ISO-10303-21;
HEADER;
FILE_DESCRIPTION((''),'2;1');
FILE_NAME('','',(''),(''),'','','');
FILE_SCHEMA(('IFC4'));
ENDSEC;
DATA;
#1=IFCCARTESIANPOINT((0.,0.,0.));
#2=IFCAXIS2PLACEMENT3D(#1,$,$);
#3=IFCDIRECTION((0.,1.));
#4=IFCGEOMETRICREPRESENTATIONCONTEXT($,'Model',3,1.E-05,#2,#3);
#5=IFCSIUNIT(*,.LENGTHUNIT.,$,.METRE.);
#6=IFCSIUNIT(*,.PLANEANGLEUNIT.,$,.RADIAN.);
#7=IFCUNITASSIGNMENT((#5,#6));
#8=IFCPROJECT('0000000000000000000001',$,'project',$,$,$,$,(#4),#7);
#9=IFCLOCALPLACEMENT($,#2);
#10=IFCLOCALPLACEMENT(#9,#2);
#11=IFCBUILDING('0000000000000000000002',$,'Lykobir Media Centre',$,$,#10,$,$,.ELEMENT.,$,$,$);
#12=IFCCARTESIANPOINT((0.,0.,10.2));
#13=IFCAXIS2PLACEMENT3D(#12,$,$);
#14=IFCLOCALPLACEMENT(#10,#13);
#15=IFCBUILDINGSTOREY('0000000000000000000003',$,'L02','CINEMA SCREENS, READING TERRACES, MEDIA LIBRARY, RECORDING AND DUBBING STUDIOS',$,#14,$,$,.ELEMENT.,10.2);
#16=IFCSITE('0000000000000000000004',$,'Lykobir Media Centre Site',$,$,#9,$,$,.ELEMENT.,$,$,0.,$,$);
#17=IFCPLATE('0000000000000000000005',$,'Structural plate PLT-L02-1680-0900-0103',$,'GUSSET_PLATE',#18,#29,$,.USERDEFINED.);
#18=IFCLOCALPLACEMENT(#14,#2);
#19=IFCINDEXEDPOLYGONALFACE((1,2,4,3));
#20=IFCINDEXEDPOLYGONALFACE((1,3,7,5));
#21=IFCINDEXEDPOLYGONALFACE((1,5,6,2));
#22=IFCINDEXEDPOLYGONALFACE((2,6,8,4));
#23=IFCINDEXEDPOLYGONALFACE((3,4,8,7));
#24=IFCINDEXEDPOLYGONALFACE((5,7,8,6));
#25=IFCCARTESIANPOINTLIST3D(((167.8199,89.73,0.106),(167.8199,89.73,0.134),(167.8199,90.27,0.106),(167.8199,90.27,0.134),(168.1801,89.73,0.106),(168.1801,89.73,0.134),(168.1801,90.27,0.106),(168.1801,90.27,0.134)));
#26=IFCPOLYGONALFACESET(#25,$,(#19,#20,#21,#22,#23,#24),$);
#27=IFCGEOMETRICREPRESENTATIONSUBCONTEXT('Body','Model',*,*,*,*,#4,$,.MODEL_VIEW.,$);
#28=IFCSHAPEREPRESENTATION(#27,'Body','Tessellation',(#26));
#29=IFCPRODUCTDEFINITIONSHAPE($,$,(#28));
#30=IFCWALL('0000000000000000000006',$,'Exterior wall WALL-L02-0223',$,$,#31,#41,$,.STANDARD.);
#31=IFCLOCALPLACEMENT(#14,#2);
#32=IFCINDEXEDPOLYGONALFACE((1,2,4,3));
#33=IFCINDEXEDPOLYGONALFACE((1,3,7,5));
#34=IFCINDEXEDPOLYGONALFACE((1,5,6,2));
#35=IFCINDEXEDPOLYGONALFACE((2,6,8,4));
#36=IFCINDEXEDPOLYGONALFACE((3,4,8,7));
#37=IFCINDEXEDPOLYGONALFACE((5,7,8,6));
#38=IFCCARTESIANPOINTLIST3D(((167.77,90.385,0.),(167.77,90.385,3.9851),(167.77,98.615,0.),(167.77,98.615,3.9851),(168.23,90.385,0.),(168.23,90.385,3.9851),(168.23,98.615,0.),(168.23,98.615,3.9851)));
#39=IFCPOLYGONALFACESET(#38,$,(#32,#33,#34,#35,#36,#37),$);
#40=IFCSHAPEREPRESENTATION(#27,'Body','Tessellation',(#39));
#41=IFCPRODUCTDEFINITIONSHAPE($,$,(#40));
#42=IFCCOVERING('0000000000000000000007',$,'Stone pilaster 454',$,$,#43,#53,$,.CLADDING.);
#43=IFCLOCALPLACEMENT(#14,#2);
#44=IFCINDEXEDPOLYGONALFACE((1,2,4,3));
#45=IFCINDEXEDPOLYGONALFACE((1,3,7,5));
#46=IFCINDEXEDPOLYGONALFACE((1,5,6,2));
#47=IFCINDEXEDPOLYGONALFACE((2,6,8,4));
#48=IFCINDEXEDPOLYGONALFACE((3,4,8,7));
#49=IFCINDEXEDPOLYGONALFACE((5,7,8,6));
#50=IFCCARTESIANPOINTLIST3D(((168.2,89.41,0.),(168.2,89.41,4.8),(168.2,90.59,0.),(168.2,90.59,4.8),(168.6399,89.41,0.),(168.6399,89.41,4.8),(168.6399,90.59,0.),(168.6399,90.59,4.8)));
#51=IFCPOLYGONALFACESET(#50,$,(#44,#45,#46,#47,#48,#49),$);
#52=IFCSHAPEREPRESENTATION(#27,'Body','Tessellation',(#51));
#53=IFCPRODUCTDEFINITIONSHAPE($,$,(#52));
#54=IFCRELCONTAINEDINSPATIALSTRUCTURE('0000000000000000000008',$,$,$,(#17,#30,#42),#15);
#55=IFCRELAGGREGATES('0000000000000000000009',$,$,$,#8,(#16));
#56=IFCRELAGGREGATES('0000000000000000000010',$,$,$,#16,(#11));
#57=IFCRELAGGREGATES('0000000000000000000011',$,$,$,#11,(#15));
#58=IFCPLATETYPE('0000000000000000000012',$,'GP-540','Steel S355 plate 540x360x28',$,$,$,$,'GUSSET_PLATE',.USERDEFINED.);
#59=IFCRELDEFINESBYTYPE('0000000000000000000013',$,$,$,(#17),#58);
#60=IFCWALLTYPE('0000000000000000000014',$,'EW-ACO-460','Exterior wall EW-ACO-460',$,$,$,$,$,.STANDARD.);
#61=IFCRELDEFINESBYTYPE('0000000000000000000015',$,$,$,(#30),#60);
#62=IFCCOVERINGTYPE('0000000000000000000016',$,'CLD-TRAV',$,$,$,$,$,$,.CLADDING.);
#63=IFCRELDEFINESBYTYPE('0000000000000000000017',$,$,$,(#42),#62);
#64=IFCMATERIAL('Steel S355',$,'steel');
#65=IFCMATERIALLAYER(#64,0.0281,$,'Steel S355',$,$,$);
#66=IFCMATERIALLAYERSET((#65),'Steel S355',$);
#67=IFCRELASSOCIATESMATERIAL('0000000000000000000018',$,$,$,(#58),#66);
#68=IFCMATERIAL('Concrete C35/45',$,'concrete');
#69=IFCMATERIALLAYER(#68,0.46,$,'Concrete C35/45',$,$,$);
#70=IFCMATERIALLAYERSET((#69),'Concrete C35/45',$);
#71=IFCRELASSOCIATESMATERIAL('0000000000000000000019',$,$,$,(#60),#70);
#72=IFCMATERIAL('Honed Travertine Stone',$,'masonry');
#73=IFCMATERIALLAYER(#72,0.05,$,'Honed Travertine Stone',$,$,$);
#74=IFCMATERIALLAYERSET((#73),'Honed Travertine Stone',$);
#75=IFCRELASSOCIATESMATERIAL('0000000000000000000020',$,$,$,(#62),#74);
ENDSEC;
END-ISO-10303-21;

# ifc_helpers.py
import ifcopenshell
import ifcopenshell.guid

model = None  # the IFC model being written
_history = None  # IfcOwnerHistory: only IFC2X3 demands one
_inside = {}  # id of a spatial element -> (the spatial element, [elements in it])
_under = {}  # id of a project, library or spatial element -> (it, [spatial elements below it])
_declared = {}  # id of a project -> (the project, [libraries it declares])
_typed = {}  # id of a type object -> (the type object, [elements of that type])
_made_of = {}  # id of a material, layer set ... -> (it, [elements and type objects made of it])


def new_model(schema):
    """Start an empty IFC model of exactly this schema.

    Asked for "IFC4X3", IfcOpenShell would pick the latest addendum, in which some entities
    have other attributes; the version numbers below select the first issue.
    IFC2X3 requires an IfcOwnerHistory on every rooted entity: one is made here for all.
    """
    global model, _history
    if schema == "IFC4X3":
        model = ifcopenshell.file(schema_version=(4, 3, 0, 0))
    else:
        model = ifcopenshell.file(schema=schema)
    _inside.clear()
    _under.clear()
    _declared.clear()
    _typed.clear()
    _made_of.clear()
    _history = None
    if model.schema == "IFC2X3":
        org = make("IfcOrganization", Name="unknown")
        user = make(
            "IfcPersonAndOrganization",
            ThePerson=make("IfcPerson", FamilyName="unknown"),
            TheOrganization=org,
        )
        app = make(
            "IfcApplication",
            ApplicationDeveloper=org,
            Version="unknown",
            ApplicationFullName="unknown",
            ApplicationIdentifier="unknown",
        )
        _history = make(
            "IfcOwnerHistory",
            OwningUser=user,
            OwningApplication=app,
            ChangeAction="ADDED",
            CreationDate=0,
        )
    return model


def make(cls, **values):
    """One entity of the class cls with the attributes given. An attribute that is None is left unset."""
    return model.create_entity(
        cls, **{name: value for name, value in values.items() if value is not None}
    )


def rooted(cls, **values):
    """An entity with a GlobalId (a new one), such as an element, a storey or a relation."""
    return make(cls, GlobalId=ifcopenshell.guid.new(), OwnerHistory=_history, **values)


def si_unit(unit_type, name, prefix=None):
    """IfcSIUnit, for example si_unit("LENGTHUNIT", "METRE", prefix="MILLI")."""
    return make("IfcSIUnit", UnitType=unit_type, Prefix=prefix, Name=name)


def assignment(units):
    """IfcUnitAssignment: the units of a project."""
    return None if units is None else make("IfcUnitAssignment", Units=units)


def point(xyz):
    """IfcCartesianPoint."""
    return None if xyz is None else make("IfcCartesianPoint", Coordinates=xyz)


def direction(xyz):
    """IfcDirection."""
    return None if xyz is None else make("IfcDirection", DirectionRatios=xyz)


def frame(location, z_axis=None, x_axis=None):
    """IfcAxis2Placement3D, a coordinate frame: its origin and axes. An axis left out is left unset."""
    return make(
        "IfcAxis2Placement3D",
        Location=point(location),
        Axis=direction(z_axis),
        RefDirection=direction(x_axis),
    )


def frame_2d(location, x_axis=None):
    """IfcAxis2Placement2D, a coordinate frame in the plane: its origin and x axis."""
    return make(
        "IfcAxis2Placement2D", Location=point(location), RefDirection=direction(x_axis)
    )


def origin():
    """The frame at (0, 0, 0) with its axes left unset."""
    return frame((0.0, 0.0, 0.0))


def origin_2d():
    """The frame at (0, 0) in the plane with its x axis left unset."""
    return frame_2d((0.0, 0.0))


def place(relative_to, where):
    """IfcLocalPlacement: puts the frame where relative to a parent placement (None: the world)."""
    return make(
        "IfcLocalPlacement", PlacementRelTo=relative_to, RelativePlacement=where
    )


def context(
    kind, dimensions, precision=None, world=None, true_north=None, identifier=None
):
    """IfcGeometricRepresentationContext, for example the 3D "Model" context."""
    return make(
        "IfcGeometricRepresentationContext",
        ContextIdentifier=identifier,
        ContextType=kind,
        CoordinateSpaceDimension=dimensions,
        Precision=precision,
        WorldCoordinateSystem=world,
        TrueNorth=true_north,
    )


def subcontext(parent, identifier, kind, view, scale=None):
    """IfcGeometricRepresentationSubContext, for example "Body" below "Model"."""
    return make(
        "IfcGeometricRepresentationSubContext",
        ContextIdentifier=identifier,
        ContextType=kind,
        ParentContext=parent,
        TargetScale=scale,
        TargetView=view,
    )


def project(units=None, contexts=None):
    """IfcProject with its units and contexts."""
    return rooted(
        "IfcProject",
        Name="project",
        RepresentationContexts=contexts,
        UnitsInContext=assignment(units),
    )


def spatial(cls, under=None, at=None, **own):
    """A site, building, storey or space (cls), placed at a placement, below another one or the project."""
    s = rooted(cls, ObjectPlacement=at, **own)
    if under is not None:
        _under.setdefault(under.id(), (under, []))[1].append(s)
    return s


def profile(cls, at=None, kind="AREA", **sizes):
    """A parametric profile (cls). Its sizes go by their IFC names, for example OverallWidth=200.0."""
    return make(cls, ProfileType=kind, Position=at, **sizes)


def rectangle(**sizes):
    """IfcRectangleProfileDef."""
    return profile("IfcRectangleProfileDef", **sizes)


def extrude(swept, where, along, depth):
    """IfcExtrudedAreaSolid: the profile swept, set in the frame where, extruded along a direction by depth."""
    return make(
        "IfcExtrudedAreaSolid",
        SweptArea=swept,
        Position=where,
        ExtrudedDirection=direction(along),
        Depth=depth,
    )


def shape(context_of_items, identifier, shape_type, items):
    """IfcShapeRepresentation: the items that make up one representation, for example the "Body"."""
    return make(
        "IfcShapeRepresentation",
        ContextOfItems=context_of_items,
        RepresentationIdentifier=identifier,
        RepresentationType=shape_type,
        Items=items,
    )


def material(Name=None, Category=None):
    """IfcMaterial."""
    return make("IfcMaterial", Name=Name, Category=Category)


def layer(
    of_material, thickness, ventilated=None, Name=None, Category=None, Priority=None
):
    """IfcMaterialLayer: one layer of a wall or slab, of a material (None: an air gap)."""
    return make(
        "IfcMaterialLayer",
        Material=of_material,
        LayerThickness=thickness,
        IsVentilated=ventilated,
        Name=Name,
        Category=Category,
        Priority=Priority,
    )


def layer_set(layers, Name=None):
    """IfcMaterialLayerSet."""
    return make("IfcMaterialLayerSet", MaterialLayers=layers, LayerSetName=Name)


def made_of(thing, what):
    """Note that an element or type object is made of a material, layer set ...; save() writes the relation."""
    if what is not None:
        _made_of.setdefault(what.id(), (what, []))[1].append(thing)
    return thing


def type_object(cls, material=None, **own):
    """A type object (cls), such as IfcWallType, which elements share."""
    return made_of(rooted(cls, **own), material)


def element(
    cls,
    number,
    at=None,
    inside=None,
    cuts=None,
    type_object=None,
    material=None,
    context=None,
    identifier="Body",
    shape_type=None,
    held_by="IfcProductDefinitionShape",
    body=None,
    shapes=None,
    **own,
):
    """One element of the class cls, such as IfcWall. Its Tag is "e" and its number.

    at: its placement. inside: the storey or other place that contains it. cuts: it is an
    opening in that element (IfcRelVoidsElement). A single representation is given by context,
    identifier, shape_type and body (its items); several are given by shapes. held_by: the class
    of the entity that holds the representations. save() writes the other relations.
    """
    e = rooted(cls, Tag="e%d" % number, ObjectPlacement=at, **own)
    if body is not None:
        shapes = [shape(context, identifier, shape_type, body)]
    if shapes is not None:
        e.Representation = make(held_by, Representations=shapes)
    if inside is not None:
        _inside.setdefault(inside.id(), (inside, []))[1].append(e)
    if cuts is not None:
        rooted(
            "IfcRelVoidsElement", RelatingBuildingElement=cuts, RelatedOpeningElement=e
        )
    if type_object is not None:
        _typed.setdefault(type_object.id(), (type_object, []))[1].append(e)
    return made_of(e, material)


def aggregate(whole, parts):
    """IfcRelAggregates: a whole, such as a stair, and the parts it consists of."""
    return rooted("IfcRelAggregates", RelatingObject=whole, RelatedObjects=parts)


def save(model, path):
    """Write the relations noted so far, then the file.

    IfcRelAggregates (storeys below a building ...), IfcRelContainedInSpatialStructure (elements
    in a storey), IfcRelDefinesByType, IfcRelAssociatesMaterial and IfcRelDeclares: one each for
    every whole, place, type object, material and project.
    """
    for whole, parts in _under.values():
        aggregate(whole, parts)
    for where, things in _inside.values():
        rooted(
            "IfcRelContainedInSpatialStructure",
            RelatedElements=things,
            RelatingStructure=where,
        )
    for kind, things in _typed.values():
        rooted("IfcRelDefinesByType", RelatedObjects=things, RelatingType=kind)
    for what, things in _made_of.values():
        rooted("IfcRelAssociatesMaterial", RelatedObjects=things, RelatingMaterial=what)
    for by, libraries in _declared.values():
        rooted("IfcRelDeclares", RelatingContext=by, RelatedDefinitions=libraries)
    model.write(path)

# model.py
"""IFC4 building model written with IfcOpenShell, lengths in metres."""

from ifc_helpers import new_model, si_unit, direction, frame, frame_2d, origin, origin_2d, place, context, subcontext, project, spatial, rectangle, extrude, material, layer, layer_set, type_object, element, save


model = new_model("IFC4")

# Units and contexts
model_context = context("Model", 3, precision=1e-05, world=origin(), true_north=direction((0.0, 1.0)))
body_context = subcontext(model_context, "Body", "Model", "MODEL_VIEW")
ifc_project = project(units=[si_unit("LENGTHUNIT", "METRE"), si_unit("PLANEANGLEUNIT", "RADIAN")], contexts=[model_context])

# Site, building, storey
site_placement = place(None, origin())
site = spatial("IfcSite", under=ifc_project, at=site_placement, Name="Lykobir Media Centre Site", CompositionType="ELEMENT", RefElevation=0.0)
building_placement = place(site_placement, origin())
building = spatial("IfcBuilding", under=site, at=building_placement, Name="Lykobir Media Centre", CompositionType="ELEMENT")
storey_placement = place(building_placement, frame((0.0, 0.0, 10.2)))
storey = spatial("IfcBuildingStorey", under=building, at=storey_placement, Name="L02", Description="CINEMA SCREENS, READING TERRACES, MEDIA LIBRARY, RECORDING AND DUBBING STUDIOS", CompositionType="ELEMENT", Elevation=10.2)

# Shared definitions
ifc_material_1 = material(Name="Steel S355", Category="steel")

# Plate
ifc_layer_1 = layer(ifc_material_1, 0.0281, Name="Steel S355")
ifc_layer_set_1 = layer_set([ifc_layer_1], Name="Steel S355")
plate_type_1 = type_object("IfcPlateType", Name="GP-540", Description="Steel S355 plate 540x360x28", ElementType="GUSSET_PLATE", PredefinedType="USERDEFINED", material=ifc_layer_set_1)
plate_1_placement = place(storey_placement, frame((168.0, 90.0, 0.106), z_axis=(0.0, 0.0, 1.0), x_axis=(0.0, 1.0, 0.0)))
element("IfcPlate", 1, at=plate_1_placement, inside=storey, type_object=plate_type_1, Name="Structural plate PLT-L02-1680-0900-0103", ObjectType="GUSSET_PLATE", PredefinedType="USERDEFINED", context=body_context, shape_type="SweptSolid", body=[
    extrude(rectangle(XDim=0.54, YDim=0.3601, at=origin_2d()), origin(), (0.0, 0.0, 1.0), 0.0281),
])

# Wall
ifc_material_2 = material(Name="Concrete C35/45", Category="concrete")
ifc_layer_2 = layer(ifc_material_2, 0.46, Name="Concrete C35/45")
ifc_layer_set_2 = layer_set([ifc_layer_2], Name="Concrete C35/45")
wall_type = type_object("IfcWallType", Name="EW-ACO-460", Description="Exterior wall EW-ACO-460", PredefinedType="STANDARD", material=ifc_layer_set_2)
wall_placement = place(storey_placement, frame((168.0, 90.385, 0.0), z_axis=(0.0, 0.0, 1.0), x_axis=(0.0, 1.0, 0.0)))
element("IfcWall", 2, at=wall_placement, inside=storey, type_object=wall_type, Name="Exterior wall WALL-L02-0223", PredefinedType="STANDARD", context=body_context, shape_type="SweptSolid", body=[
    extrude(rectangle(XDim=8.23, YDim=0.46, at=frame_2d((4.115, 0.0))), origin(), (0.0, 0.0, 1.0), 3.9851),
])

# Covering
ifc_material_3 = material(Name="Honed Travertine Stone", Category="masonry")
ifc_layer_3 = layer(ifc_material_3, 0.05, Name="Honed Travertine Stone")
ifc_layer_set_3 = layer_set([ifc_layer_3], Name="Honed Travertine Stone")
covering_type = type_object("IfcCoveringType", Name="CLD-TRAV", PredefinedType="CLADDING", material=ifc_layer_set_3)
covering_placement = place(storey_placement, frame((168.4199, 90.0, 0.0), z_axis=(0.0, 0.0, 1.0), x_axis=(0.0, 1.0, 0.0)))
element("IfcCovering", 3, at=covering_placement, inside=storey, type_object=covering_type, Name="Stone pilaster 454", PredefinedType="CLADDING", context=body_context, shape_type="SweptSolid", body=[
    extrude(rectangle(XDim=1.1799, YDim=0.4399, at=origin_2d()), origin(), (0.0, 0.0, 1.0), 4.8),
])

save(model, "model.ifc")
